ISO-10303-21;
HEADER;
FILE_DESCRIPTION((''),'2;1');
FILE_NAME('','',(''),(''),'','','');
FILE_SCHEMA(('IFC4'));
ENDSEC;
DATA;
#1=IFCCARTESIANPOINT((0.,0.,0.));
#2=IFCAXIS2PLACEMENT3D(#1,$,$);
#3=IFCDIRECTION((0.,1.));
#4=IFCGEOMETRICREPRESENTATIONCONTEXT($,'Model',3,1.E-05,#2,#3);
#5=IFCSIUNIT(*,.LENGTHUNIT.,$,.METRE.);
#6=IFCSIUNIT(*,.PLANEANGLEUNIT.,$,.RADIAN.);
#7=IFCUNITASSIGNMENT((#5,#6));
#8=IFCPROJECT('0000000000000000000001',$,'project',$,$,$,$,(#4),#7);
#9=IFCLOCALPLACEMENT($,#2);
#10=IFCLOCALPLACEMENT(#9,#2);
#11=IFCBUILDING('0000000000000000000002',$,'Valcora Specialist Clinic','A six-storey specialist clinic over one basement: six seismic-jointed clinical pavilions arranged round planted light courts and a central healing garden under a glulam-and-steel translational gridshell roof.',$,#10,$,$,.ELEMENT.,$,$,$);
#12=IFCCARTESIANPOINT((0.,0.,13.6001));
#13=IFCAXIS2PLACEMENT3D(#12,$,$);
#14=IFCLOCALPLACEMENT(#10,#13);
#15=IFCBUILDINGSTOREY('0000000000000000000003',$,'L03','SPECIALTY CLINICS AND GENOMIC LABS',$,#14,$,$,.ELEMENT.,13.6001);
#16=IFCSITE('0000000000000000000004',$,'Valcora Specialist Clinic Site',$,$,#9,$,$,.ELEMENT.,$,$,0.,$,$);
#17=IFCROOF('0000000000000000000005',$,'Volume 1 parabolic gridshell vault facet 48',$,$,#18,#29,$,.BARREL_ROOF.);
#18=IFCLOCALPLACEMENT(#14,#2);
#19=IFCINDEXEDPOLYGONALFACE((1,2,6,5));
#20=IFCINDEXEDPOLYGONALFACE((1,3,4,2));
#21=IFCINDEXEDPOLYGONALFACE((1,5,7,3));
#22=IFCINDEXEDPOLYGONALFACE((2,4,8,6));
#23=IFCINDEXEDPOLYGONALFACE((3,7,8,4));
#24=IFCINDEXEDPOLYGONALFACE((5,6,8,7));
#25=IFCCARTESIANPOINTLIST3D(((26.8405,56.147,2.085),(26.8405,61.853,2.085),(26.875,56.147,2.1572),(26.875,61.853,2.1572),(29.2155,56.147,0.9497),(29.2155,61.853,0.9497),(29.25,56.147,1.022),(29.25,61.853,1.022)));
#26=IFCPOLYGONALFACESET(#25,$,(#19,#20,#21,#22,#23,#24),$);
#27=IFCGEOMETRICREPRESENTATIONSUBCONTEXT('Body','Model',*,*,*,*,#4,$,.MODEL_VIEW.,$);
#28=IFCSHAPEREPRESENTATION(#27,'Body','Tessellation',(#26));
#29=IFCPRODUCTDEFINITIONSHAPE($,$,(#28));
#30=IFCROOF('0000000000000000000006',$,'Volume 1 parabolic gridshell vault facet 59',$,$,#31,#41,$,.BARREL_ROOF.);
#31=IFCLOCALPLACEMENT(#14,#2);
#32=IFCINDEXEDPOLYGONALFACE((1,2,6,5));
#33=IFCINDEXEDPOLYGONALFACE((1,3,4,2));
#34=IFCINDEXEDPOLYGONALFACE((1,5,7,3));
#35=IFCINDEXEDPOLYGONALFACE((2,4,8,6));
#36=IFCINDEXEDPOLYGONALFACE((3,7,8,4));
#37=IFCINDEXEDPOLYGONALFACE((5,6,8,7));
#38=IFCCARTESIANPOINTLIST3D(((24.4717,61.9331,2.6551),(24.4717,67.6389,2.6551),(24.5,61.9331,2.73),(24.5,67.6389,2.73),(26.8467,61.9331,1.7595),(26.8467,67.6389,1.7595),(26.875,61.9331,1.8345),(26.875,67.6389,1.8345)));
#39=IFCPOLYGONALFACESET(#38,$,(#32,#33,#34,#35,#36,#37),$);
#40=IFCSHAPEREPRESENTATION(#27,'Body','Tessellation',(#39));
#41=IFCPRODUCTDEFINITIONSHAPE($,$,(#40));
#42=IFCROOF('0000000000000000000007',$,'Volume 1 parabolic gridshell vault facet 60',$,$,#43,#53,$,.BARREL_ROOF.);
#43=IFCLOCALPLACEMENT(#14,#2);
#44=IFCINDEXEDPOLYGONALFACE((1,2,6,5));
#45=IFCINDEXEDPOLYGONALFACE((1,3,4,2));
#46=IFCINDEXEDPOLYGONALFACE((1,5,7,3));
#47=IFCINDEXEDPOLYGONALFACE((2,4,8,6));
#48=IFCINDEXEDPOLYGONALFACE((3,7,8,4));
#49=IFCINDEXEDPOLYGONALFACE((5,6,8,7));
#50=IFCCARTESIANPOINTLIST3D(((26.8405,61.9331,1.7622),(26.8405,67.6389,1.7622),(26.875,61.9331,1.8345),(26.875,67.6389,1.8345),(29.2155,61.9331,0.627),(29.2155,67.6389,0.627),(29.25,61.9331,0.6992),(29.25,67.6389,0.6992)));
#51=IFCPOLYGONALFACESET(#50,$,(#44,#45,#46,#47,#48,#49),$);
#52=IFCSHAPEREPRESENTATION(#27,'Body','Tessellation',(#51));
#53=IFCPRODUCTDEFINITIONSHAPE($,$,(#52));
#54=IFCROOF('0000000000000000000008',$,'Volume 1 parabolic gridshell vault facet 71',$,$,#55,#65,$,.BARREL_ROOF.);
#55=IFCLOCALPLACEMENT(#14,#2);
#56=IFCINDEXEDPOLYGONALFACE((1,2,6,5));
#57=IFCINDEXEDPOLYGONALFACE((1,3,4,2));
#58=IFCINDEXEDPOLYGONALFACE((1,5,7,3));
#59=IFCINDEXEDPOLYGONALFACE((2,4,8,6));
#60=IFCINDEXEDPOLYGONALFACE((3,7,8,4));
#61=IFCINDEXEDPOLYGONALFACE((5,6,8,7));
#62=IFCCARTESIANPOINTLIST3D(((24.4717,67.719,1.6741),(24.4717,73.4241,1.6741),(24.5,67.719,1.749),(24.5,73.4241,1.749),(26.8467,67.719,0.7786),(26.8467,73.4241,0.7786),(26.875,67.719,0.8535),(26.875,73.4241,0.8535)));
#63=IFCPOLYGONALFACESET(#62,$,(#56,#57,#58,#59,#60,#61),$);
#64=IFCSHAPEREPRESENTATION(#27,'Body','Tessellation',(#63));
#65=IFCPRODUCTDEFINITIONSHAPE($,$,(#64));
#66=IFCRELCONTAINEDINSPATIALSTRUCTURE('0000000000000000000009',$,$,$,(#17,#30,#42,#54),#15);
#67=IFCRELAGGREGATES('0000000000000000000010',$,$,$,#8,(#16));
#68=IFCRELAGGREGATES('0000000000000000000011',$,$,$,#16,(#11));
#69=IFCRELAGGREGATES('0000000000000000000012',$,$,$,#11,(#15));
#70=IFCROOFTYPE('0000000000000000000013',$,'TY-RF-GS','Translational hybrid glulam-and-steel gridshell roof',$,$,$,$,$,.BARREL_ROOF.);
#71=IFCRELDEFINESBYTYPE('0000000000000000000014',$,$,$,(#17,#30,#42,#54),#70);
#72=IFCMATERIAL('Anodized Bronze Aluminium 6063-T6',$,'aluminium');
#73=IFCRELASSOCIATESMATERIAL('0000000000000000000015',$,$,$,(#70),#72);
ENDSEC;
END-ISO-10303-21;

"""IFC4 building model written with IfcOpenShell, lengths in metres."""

from ifc_helpers import new_model, si_unit, direction, frame, origin, place, context, subcontext, project, spatial, polyline, outline, extrude, material, type_object, element, save


model = new_model("IFC4")

# Units and contexts
model_context = context("Model", 3, precision=1e-05, world=origin(), true_north=direction((0.0, 1.0)))
body_context = subcontext(model_context, "Body", "Model", "MODEL_VIEW")
ifc_project = project(units=[si_unit("LENGTHUNIT", "METRE"), si_unit("PLANEANGLEUNIT", "RADIAN")], contexts=[model_context])

# Site, building, storey
site_placement = place(None, origin())
site = spatial("IfcSite", under=ifc_project, at=site_placement, Name="Valcora Specialist Clinic Site", CompositionType="ELEMENT", RefElevation=0.0)
building_placement = place(site_placement, origin())
building = spatial("IfcBuilding", under=site, at=building_placement, Name="Valcora Specialist Clinic", Description="A six-storey specialist clinic over one basement: six seismic-jointed clinical pavilions arranged round planted light courts and a central healing garden under a glulam-and-steel translational gridshell roof.", CompositionType="ELEMENT")
storey_placement = place(building_placement, frame((0.0, 0.0, 13.6001)))
storey = spatial("IfcBuildingStorey", under=building, at=storey_placement, Name="L03", Description="SPECIALTY CLINICS AND GENOMIC LABS", CompositionType="ELEMENT", Elevation=13.6001)

# Roofs
ifc_material_1 = material(Name="Anodized Bronze Aluminium 6063-T6", Category="aluminium")
roof_type = type_object("IfcRoofType", Name="TY-RF-GS", Description="Translational hybrid glulam-and-steel gridshell roof", PredefinedType="BARREL_ROOF", material=ifc_material_1)
roof_1_placement = place(storey_placement, frame((26.875, 56.147, 2.1572), z_axis=(0.431265, 0.0, 0.902225), x_axis=(0.902225, 0.0, -0.431265)))
element("IfcRoof", 1, at=roof_1_placement, inside=storey, type_object=roof_type, Name="Volume 1 parabolic gridshell vault facet 48", PredefinedType="BARREL_ROOF", context=body_context, shape_type="SweptSolid", body=[
    extrude(outline(polyline([(0.0, 0.0), (2.6324, 0.0), (2.6324, 5.7061), (0.0, 5.7061), (0.0, 0.0)])), origin(), (0.0, 0.0, -1.0), 0.0801),
])
roof_2_placement = place(storey_placement, frame((24.5, 61.9331, 2.73), z_axis=(0.352809, 0.0, 0.935695), x_axis=(0.935695, 0.0, -0.352809)))
element("IfcRoof", 2, at=roof_2_placement, inside=storey, type_object=roof_type, Name="Volume 1 parabolic gridshell vault facet 59", PredefinedType="BARREL_ROOF", context=body_context, shape_type="SweptSolid", body=[
    extrude(outline(polyline([(0.0, 0.0), (2.5382, 0.0), (2.5382, 5.7058), (0.0, 5.7058), (0.0, 0.0)])), origin(), (0.0, 0.0, -1.0), 0.0801),
])
roof_3_placement = place(storey_placement, frame((26.875, 61.9331, 1.8345), z_axis=(0.431265, 0.0, 0.902225), x_axis=(0.902225, 0.0, -0.431265)))
element("IfcRoof", 3, at=roof_3_placement, inside=storey, type_object=roof_type, Name="Volume 1 parabolic gridshell vault facet 60", PredefinedType="BARREL_ROOF", context=body_context, shape_type="SweptSolid", body=[
    extrude(outline(polyline([(0.0, 0.0), (2.6324, 0.0), (2.6324, 5.7058), (0.0, 5.7058), (0.0, 0.0)])), origin(), (0.0, 0.0, -1.0), 0.0801),
])
roof_4_placement = place(storey_placement, frame((24.5, 67.719, 1.749), z_axis=(0.352809, 0.0, 0.935695), x_axis=(0.935695, 0.0, -0.352809)))
element("IfcRoof", 4, at=roof_4_placement, inside=storey, type_object=roof_type, Name="Volume 1 parabolic gridshell vault facet 71", PredefinedType="BARREL_ROOF", context=body_context, shape_type="SweptSolid", body=[
    extrude(outline(polyline([(0.0, 0.0), (2.5382, 0.0), (2.5382, 5.7051), (0.0, 5.7051), (0.0, 0.0)])), origin(), (0.0, 0.0, -1.0), 0.0801),
])

save(model, "model.ifc")
